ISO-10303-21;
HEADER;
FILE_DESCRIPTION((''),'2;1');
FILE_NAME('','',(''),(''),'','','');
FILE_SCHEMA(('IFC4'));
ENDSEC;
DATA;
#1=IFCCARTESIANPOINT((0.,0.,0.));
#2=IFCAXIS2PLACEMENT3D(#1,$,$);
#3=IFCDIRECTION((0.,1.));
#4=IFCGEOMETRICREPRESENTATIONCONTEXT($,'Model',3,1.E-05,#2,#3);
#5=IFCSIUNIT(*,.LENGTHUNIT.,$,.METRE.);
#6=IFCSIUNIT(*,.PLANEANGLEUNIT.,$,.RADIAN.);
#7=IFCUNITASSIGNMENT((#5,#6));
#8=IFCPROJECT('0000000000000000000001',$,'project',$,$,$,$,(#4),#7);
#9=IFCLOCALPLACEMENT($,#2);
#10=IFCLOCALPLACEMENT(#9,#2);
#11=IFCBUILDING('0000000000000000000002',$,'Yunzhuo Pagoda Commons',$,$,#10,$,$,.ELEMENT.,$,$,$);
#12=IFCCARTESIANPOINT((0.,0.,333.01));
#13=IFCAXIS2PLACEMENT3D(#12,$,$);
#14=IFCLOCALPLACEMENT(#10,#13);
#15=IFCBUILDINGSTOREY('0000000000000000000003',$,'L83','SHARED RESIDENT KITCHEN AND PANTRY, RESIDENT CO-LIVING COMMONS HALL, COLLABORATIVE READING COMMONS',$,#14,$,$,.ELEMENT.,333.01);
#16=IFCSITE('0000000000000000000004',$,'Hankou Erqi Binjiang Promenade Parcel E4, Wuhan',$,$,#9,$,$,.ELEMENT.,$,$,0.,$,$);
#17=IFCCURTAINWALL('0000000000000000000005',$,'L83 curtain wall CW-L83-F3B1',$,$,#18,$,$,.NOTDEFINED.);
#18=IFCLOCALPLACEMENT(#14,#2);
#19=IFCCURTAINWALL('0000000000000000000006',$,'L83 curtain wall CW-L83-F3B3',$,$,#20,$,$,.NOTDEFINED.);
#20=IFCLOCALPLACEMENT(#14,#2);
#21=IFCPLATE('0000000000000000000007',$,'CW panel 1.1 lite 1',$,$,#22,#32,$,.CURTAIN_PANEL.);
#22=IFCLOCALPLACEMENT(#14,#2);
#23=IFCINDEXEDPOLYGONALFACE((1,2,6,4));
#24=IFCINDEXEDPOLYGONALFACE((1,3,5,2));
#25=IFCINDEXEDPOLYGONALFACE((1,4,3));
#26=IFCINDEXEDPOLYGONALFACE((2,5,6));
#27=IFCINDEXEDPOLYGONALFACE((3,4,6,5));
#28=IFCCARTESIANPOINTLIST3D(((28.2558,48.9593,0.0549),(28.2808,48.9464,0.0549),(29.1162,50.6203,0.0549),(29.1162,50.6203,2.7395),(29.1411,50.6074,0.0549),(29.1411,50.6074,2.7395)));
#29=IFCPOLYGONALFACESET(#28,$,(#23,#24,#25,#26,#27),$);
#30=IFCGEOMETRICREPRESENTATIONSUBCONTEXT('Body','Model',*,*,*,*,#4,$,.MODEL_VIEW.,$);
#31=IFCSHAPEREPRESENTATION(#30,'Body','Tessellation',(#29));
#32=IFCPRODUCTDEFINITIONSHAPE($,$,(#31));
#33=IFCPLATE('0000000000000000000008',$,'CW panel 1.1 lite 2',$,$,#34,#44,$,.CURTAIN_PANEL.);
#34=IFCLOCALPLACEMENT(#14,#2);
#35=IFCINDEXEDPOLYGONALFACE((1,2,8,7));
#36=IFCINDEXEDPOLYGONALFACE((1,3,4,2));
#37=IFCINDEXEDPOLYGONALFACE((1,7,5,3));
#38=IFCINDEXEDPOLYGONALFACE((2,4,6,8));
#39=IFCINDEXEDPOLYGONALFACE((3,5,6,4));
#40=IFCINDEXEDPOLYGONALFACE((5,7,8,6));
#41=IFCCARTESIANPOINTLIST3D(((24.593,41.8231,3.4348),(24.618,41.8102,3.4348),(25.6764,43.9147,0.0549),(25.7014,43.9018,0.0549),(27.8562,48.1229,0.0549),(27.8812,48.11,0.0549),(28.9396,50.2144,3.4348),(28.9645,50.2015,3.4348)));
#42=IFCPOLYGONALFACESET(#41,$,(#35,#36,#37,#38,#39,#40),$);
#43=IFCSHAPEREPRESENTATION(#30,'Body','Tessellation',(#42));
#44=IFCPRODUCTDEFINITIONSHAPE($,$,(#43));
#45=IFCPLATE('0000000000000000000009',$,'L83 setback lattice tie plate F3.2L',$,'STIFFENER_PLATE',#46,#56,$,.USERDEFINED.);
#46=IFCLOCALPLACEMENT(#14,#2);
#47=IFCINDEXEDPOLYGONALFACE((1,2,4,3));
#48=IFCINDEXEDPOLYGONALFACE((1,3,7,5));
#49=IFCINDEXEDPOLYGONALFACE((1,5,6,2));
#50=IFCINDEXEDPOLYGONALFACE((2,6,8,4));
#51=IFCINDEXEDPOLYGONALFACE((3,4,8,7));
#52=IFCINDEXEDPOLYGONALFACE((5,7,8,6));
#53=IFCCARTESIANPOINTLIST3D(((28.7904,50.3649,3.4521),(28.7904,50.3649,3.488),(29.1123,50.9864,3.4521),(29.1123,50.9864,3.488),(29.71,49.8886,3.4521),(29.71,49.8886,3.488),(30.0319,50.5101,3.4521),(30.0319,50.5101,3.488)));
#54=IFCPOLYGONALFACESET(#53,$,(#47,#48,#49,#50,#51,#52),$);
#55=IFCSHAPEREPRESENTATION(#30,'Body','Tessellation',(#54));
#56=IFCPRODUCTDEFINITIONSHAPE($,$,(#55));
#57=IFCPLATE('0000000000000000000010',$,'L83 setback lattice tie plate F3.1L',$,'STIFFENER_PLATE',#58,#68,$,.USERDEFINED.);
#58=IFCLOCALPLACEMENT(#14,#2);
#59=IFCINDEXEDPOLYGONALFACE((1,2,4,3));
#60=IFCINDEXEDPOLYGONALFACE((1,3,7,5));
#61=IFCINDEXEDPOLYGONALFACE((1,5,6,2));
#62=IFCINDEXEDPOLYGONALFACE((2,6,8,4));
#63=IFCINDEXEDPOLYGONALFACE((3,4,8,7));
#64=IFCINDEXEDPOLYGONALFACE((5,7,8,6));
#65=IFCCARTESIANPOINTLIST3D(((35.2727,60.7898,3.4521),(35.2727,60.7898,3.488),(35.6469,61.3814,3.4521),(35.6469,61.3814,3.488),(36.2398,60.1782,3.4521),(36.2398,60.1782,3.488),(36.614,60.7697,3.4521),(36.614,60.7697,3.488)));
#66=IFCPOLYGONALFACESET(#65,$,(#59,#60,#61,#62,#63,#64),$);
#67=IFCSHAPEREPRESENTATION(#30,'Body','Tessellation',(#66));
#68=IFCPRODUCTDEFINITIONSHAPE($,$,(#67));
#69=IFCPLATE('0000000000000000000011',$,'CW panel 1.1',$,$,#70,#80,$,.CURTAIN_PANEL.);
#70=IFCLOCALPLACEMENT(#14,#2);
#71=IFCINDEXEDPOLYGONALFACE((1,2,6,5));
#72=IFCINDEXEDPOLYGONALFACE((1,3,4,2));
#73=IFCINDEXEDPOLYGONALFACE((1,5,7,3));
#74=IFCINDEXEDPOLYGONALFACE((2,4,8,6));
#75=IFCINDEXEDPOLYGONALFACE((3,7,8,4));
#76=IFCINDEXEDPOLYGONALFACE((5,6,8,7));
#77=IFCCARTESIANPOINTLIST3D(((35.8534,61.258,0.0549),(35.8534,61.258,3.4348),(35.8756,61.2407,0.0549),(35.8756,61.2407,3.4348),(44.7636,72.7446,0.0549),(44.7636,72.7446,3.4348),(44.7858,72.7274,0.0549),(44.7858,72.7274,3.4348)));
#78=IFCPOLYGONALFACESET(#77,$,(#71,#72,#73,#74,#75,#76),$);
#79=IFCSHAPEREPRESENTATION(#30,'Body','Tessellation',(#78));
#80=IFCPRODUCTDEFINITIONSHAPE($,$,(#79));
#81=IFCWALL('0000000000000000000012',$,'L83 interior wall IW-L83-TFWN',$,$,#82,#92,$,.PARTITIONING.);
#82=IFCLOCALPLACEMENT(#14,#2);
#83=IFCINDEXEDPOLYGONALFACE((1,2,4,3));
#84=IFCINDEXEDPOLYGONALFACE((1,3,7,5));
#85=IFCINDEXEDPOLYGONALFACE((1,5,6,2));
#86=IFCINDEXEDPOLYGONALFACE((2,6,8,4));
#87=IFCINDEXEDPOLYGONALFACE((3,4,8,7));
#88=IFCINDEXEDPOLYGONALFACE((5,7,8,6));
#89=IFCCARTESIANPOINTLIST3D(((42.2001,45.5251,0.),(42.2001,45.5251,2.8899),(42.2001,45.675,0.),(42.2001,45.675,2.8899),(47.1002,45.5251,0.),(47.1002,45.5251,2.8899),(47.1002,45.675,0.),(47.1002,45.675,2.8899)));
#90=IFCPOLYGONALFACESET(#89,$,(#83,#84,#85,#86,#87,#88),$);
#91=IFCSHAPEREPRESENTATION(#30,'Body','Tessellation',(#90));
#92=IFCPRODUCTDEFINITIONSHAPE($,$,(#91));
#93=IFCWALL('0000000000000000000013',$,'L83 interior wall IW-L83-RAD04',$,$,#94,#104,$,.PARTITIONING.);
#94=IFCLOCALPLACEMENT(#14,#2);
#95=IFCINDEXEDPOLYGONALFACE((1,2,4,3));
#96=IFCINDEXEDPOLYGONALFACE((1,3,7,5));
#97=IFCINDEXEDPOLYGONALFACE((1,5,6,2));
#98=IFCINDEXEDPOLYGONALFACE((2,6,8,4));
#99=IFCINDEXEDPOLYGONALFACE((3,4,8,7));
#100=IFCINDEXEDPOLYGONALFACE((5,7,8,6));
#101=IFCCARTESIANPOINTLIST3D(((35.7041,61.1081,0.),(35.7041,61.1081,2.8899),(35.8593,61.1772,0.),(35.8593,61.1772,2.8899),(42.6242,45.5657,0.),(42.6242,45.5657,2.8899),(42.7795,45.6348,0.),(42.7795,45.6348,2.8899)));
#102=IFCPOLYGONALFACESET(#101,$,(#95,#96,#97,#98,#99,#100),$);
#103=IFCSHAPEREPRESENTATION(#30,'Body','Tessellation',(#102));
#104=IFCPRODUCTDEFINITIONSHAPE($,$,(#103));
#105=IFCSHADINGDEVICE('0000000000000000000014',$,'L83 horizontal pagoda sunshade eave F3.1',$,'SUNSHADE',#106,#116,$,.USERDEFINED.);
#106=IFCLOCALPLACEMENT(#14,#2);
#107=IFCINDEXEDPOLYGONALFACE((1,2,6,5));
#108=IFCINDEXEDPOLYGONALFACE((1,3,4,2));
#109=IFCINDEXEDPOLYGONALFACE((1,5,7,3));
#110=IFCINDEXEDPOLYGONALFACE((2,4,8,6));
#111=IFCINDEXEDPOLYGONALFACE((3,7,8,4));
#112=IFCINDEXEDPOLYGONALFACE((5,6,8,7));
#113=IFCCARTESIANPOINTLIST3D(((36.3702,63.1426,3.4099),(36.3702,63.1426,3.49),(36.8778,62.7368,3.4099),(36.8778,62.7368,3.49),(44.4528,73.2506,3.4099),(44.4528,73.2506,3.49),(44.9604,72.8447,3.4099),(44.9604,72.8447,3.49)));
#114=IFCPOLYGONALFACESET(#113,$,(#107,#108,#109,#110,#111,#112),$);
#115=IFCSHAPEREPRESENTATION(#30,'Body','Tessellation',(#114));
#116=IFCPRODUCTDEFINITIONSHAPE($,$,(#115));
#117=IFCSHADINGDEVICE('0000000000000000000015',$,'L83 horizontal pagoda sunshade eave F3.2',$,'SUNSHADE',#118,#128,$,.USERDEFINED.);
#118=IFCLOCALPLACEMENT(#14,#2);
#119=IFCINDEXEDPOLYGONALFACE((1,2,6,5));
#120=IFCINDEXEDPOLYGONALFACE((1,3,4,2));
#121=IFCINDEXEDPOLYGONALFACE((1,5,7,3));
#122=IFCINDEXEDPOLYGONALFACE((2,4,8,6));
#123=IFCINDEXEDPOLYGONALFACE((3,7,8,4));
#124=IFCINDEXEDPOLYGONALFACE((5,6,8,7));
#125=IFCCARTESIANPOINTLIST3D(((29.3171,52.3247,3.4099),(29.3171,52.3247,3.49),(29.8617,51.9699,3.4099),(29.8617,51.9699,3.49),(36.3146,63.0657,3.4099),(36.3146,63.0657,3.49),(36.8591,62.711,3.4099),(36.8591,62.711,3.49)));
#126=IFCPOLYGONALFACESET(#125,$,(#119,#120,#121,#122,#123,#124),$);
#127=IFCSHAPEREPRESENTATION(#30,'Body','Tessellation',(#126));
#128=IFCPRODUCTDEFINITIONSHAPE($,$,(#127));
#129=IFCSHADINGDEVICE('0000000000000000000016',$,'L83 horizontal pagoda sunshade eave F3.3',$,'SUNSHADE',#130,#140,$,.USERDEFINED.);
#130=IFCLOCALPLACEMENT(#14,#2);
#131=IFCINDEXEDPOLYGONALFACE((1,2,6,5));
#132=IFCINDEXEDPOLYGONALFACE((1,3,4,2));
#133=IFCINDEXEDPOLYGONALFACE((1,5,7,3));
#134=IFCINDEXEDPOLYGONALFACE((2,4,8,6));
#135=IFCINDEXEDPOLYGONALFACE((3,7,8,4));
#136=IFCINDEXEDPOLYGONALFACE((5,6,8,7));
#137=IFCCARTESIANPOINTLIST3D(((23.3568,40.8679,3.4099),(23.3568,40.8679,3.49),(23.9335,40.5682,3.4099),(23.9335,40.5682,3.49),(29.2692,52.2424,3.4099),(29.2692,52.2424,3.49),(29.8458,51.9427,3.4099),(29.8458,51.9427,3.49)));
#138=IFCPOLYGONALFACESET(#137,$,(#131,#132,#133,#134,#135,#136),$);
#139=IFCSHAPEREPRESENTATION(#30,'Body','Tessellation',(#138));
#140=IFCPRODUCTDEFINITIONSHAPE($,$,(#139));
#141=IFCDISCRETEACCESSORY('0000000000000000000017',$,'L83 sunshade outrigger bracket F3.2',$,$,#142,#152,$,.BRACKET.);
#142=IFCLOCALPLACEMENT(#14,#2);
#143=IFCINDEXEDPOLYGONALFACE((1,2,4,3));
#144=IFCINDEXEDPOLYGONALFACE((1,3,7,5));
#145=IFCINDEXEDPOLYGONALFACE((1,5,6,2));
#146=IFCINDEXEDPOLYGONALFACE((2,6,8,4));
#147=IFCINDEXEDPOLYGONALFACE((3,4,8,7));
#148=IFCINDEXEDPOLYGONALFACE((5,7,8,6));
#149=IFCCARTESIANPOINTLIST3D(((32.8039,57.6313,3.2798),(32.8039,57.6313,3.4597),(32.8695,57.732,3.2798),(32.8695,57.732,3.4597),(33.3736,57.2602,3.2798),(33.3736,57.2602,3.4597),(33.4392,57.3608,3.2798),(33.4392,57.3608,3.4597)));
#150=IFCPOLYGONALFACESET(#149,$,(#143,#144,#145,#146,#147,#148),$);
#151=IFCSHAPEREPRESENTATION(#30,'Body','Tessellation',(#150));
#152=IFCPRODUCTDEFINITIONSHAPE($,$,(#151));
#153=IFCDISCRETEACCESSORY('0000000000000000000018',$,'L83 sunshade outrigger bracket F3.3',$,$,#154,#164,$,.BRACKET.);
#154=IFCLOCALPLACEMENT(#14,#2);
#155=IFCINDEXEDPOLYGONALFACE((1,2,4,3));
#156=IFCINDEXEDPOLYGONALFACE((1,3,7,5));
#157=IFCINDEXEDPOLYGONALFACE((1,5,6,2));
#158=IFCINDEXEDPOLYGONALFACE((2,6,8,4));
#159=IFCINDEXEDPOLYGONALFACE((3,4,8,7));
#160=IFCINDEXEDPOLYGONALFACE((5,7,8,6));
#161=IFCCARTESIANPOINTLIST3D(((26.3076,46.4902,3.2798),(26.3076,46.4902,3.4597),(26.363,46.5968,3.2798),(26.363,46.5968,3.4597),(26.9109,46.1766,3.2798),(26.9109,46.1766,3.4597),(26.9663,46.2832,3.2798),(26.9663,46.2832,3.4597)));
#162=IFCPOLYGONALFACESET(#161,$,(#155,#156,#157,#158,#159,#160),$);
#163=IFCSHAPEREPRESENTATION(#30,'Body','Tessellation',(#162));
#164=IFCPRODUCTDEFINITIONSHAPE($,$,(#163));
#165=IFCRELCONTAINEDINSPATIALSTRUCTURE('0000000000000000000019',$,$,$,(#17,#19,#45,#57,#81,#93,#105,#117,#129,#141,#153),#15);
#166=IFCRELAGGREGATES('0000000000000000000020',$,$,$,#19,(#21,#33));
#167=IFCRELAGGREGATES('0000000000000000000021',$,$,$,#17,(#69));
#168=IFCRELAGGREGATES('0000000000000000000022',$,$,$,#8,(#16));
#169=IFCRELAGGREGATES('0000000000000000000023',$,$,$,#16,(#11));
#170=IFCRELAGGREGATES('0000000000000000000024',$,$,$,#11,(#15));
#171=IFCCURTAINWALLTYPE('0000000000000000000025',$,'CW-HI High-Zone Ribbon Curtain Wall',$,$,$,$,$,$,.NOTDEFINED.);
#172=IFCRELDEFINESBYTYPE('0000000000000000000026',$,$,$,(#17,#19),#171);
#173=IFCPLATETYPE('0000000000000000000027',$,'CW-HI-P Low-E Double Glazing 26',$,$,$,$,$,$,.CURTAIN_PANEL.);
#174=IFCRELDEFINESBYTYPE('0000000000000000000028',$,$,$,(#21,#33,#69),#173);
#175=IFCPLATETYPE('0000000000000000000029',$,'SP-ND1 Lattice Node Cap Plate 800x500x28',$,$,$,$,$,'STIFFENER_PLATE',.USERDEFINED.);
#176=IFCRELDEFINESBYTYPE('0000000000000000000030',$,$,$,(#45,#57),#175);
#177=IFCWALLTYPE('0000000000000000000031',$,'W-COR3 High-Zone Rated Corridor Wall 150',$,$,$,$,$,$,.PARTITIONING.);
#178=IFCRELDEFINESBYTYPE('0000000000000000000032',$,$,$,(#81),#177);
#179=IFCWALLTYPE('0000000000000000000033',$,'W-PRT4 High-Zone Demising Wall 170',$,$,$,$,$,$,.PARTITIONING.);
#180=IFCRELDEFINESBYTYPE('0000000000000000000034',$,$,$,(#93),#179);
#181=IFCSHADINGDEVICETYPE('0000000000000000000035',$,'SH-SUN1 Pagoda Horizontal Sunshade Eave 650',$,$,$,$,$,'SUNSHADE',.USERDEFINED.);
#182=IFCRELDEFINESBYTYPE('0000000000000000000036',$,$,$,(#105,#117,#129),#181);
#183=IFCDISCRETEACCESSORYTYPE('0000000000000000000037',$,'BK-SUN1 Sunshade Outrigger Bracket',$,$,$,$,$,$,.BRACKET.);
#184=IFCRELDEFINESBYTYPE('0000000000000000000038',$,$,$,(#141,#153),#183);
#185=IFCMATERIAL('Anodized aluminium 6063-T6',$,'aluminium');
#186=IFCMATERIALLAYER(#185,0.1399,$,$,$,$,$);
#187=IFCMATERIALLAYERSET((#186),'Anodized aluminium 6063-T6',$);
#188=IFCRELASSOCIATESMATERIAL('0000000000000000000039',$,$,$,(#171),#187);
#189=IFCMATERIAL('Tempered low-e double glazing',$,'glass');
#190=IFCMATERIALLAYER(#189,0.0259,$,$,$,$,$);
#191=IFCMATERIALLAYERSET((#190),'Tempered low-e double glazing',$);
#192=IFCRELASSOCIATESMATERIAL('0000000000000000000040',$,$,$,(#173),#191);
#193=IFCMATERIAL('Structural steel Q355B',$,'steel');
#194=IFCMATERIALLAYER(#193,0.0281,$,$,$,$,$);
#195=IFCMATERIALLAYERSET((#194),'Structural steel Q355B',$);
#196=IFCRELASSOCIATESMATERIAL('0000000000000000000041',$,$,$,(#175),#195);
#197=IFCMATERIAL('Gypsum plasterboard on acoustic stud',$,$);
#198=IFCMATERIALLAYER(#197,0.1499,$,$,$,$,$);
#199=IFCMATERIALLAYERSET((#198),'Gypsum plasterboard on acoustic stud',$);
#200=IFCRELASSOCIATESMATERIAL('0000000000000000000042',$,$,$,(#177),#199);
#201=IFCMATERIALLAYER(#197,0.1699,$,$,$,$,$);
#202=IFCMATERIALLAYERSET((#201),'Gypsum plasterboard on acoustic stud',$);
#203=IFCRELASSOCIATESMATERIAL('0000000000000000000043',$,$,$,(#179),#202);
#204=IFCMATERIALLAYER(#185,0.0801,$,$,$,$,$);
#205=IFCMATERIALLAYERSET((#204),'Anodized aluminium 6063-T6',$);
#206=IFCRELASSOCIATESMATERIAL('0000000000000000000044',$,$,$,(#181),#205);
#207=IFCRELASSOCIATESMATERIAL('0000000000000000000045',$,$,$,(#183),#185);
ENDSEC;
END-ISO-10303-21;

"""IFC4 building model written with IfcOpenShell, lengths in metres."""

from ifc_helpers import new_model, si_unit, direction, frame, frame_2d, origin, origin_2d, place, context, subcontext, project, spatial, polyline, rectangle, outline, extrude, source, transform, mapped, material, layer, layer_set, type_object, element, aggregate, save


model = new_model("IFC4")

# Units and contexts
model_context = context("Model", 3, precision=1e-05, world=origin(), true_north=direction((0.0, 1.0)))
body_context = subcontext(model_context, "Body", "Model", "MODEL_VIEW")
ifc_project = project(units=[si_unit("LENGTHUNIT", "METRE"), si_unit("PLANEANGLEUNIT", "RADIAN")], contexts=[model_context])

# Site, building, storey
site_placement = place(None, origin())
site = spatial("IfcSite", under=ifc_project, at=site_placement, Name="Hankou Erqi Binjiang Promenade Parcel E4, Wuhan", CompositionType="ELEMENT", RefElevation=0.0)
building_placement = place(site_placement, origin())
building = spatial("IfcBuilding", under=site, at=building_placement, Name="Yunzhuo Pagoda Commons", CompositionType="ELEMENT")
storey_placement = place(building_placement, frame((0.0, 0.0, 333.01)))
storey = spatial("IfcBuildingStorey", under=building, at=storey_placement, Name="L83", Description="SHARED RESIDENT KITCHEN AND PANTRY, RESIDENT CO-LIVING COMMONS HALL, COLLABORATIVE READING COMMONS", CompositionType="ELEMENT", Elevation=333.01)

# Shared definitions
ifc_material_1 = material(Name="Structural steel Q355B", Category="steel")

# Curtain walls
ifc_material_2 = material(Name="Anodized aluminium 6063-T6", Category="aluminium")
ifc_layer_1 = layer(ifc_material_2, 0.1399)
ifc_layer_set_1 = layer_set([ifc_layer_1], Name="Anodized aluminium 6063-T6")
curtain_wall_type = type_object("IfcCurtainWallType", Name="CW-HI High-Zone Ribbon Curtain Wall", PredefinedType="NOTDEFINED", material=ifc_layer_set_1)
curtain_wall_1_placement = place(storey_placement, origin())
curtain_wall_1 = element("IfcCurtainWall", 1, at=curtain_wall_1_placement, inside=storey, type_object=curtain_wall_type, Name="L83 curtain wall CW-L83-F3B1", PredefinedType="NOTDEFINED")
curtain_wall_2_placement = place(storey_placement, origin())
curtain_wall_2 = element("IfcCurtainWall", 2, at=curtain_wall_2_placement, inside=storey, type_object=curtain_wall_type, Name="L83 curtain wall CW-L83-F3B3", PredefinedType="NOTDEFINED")

# Plates
ifc_material_3 = material(Name="Tempered low-e double glazing", Category="glass")
ifc_layer_2 = layer(ifc_material_3, 0.0259)
ifc_layer_set_2 = layer_set([ifc_layer_2], Name="Tempered low-e double glazing")
plate_type_1 = type_object("IfcPlateType", Name="CW-HI-P Low-E Double Glazing 26", PredefinedType="CURTAIN_PANEL", material=ifc_layer_set_2)
plate_1_placement = place(storey_placement, frame((28.7109, 49.7769, 1.3972), z_axis=(-0.887948, 0.459945, 0.0), x_axis=(-0.459945, -0.887948, 0.0)))
plate_1 = element("IfcPlate", 3, at=plate_1_placement, type_object=plate_type_1, Name="CW panel 1.1 lite 1", PredefinedType="CURTAIN_PANEL", context=body_context, shape_type="SweptSolid", body=[
    extrude(outline(polyline([(-0.9353, -1.3423), (0.9353, -1.3423), (-0.9353, 1.3423), (-0.9353, -1.3423)])), origin(), (0.0, 0.0, 1.0), 0.0281),
])
plate_2_placement = place(storey_placement, frame((26.7913, 46.0059, 1.7449), z_axis=(-0.887948, 0.459945, 0.0), x_axis=(-0.459945, -0.887948, 0.0)))
plate_2 = element("IfcPlate", 4, at=plate_2_placement, type_object=plate_type_1, Name="CW panel 1.1 lite 2", PredefinedType="CURTAIN_PANEL", context=body_context, shape_type="SweptSolid", body=[
    extrude(outline(polyline([(-4.7251, 1.6899), (-2.3696, -1.6899), (2.3696, -1.6899), (4.7251, 1.6899), (-4.7251, 1.6899)])), origin(), (0.0, 0.0, 1.0), 0.0281),
])
aggregate(curtain_wall_2, [plate_1, plate_2])

# Plates
ifc_layer_3 = layer(ifc_material_1, 0.0281)
ifc_layer_set_3 = layer_set([ifc_layer_3], Name="Structural steel Q355B")
plate_type_2 = type_object("IfcPlateType", Name="SP-ND1 Lattice Node Cap Plate 800x500x28", ElementType="STIFFENER_PLATE", PredefinedType="USERDEFINED", material=ifc_layer_set_3)
shared_shape_1 = source(origin(), body_context, "Body", "SweptSolid", [
    extrude(rectangle(XDim=0.7, YDim=1.0356, at=origin_2d()), origin(), (0.0, 0.0, 1.0), 0.0359),
])
plate_3_placement = place(storey_placement, frame((29.4111, 50.4375, 3.4521), z_axis=(0.0, 0.0, 1.0), x_axis=(-0.459952, -0.887944, 0.0)))
element("IfcPlate", 5, at=plate_3_placement, inside=storey, type_object=plate_type_2, Name="L83 setback lattice tie plate F3.2L", ObjectType="STIFFENER_PLATE", PredefinedType="USERDEFINED", context=body_context, shape_type="MappedRepresentation", body=[
    mapped(shared_shape_1, transform((0.0, 0.0, 0.0), scale=1.0)),
])
shared_shape_2 = source(origin(), body_context, "Body", "SweptSolid", [
    extrude(rectangle(XDim=0.7, YDim=1.1443, at=origin_2d()), origin(), (0.0, 0.0, 1.0), 0.0359),
])
plate_4_placement = place(storey_placement, frame((35.9434, 60.7798, 3.4521), z_axis=(0.0, 0.0, 1.0), x_axis=(-0.534529, -0.84515, 0.0)))
element("IfcPlate", 6, at=plate_4_placement, inside=storey, type_object=plate_type_2, Name="L83 setback lattice tie plate F3.1L", ObjectType="STIFFENER_PLATE", PredefinedType="USERDEFINED", context=body_context, shape_type="MappedRepresentation", body=[
    mapped(shared_shape_2, transform((0.0, 0.0, 0.0), scale=1.0)),
])

# Plate
shared_shape_3 = source(origin(), body_context, "Body", "SweptSolid", [
    extrude(rectangle(XDim=14.5374, YDim=0.0281, at=origin_2d()), origin(), (0.0, 0.0, 1.0), 3.3799),
])
plate_5_placement = place(storey_placement, frame((40.3196, 66.9927, 0.0549), z_axis=(0.0, 0.0, 1.0), x_axis=(-0.612918, -0.790147, 0.0)))
plate_5 = element("IfcPlate", 7, at=plate_5_placement, type_object=plate_type_1, Name="CW panel 1.1", PredefinedType="CURTAIN_PANEL", context=body_context, shape_type="MappedRepresentation", body=[
    mapped(shared_shape_3, transform((0.0, 0.0, 0.0), scale=1.0)),
])
aggregate(curtain_wall_1, [plate_5])

# Walls
ifc_material_4 = material(Name="Gypsum plasterboard on acoustic stud")
ifc_layer_4 = layer(ifc_material_4, 0.1499)
ifc_layer_set_4 = layer_set([ifc_layer_4], Name="Gypsum plasterboard on acoustic stud")
wall_type_1 = type_object("IfcWallType", Name="W-COR3 High-Zone Rated Corridor Wall 150", PredefinedType="PARTITIONING", material=ifc_layer_set_4)
wall_1_placement = place(storey_placement, frame((42.2, 45.6001, 0.0), z_axis=(0.0, 0.0, 1.0), x_axis=(1.0, 0.0, 0.0)))
element("IfcWall", 8, at=wall_1_placement, inside=storey, type_object=wall_type_1, Name="L83 interior wall IW-L83-TFWN", PredefinedType="PARTITIONING", context=body_context, shape_type="SweptSolid", body=[
    extrude(rectangle(XDim=4.9001, YDim=0.1499, at=frame_2d((2.4502, 0.0))), origin(), (0.0, 0.0, 1.0), 2.8899),
])
ifc_layer_5 = layer(ifc_material_4, 0.1699)
ifc_layer_set_5 = layer_set([ifc_layer_5], Name="Gypsum plasterboard on acoustic stud")
wall_type_2 = type_object("IfcWallType", Name="W-PRT4 High-Zone Demising Wall 170", PredefinedType="PARTITIONING", material=ifc_layer_set_5)
wall_2_placement = place(storey_placement, frame((42.7019, 45.6001, 0.0), z_axis=(0.0, 0.0, 1.0), x_axis=(-0.406747, 0.913541, 0.0)))
element("IfcWall", 9, at=wall_2_placement, inside=storey, type_object=wall_type_2, Name="L83 interior wall IW-L83-RAD04", PredefinedType="PARTITIONING", context=body_context, shape_type="SweptSolid", body=[
    extrude(rectangle(XDim=17.0134, YDim=0.1699, at=frame_2d((8.5068, 0.0))), origin(), (0.0, 0.0, 1.0), 2.8899),
])

# Shading devices
ifc_layer_6 = layer(ifc_material_2, 0.0801)
ifc_layer_set_6 = layer_set([ifc_layer_6], Name="Anodized aluminium 6063-T6")
shading_device_type = type_object("IfcShadingDeviceType", Name="SH-SUN1 Pagoda Horizontal Sunshade Eave 650", ElementType="SUNSHADE", PredefinedType="USERDEFINED", material=ifc_layer_set_6)
shared_shape_4 = source(origin(), body_context, "Body", "SweptSolid", [
    extrude(rectangle(XDim=12.9421, YDim=0.6499, at=origin_2d()), origin(), (0.0, 0.0, 1.0), 0.0801),
])
shading_device_placement = place(storey_placement, frame((40.6653, 67.9937, 3.4099), z_axis=(0.0, 0.0, 1.0), x_axis=(-0.62452, -0.781008, 0.0)))
element("IfcShadingDevice", 10, at=shading_device_placement, inside=storey, type_object=shading_device_type, Name="L83 horizontal pagoda sunshade eave F3.1", ObjectType="SUNSHADE", PredefinedType="USERDEFINED", context=body_context, shape_type="MappedRepresentation", body=[
    mapped(shared_shape_4, transform((0.0, 0.0, 0.0), scale=1.0)),
])
shared_shape_5 = source(origin(), body_context, "Body", "SweptSolid", [
    extrude(rectangle(XDim=12.8193, YDim=0.6499, at=origin_2d()), origin(), (0.0, 0.0, 1.0), 0.0801),
])
for number, where, z_axis, x_axis, name in (
    (11, (33.0881, 57.5178, 3.4099), (0.0, 0.0, 1.0), (-0.545853, -0.837881, 0.0), "L83 horizontal pagoda sunshade eave F3.2"),
    (12, (26.6013, 46.4053, 3.4099), (0.0, 0.0, 1.0), (-0.461207, -0.887293, 0.0), "L83 horizontal pagoda sunshade eave F3.3"),
):
    element("IfcShadingDevice", number, at=place(storey_placement, frame(where, z_axis=z_axis, x_axis=x_axis)), inside=storey, type_object=shading_device_type, Name=name, ObjectType="SUNSHADE", PredefinedType="USERDEFINED", context=body_context, shape_type="MappedRepresentation", body=[
        mapped(shared_shape_5, transform((0.0, 0.0, 0.0), scale=1.0)),
    ])

# Discrete accessories
discrete_accessory_type = type_object("IfcDiscreteAccessoryType", Name="BK-SUN1 Sunshade Outrigger Bracket", PredefinedType="BRACKET", material=ifc_material_2)
shared_shape_6 = source(origin(), body_context, "Body", "SweptSolid", [
    extrude(rectangle(XDim=0.1201, YDim=0.6799, at=origin_2d()), origin(), (0.0, 0.0, 1.0), 0.1799),
])
for number, where, z_axis, x_axis, name in (
    (13, (33.1216, 57.4961, 3.2798), (0.0, 0.0, 1.0), (-0.545853, -0.837881, 0.0), "L83 sunshade outrigger bracket F3.2"),
    (14, (26.637, 46.3867, 3.2798), (0.0, 0.0, 1.0), (-0.461207, -0.887293, 0.0), "L83 sunshade outrigger bracket F3.3"),
):
    element("IfcDiscreteAccessory", number, at=place(storey_placement, frame(where, z_axis=z_axis, x_axis=x_axis)), inside=storey, type_object=discrete_accessory_type, Name=name, PredefinedType="BRACKET", context=body_context, shape_type="MappedRepresentation", body=[
        mapped(shared_shape_6, transform((0.0, 0.0, 0.0), scale=1.0)),
    ])

save(model, "model.ifc")
